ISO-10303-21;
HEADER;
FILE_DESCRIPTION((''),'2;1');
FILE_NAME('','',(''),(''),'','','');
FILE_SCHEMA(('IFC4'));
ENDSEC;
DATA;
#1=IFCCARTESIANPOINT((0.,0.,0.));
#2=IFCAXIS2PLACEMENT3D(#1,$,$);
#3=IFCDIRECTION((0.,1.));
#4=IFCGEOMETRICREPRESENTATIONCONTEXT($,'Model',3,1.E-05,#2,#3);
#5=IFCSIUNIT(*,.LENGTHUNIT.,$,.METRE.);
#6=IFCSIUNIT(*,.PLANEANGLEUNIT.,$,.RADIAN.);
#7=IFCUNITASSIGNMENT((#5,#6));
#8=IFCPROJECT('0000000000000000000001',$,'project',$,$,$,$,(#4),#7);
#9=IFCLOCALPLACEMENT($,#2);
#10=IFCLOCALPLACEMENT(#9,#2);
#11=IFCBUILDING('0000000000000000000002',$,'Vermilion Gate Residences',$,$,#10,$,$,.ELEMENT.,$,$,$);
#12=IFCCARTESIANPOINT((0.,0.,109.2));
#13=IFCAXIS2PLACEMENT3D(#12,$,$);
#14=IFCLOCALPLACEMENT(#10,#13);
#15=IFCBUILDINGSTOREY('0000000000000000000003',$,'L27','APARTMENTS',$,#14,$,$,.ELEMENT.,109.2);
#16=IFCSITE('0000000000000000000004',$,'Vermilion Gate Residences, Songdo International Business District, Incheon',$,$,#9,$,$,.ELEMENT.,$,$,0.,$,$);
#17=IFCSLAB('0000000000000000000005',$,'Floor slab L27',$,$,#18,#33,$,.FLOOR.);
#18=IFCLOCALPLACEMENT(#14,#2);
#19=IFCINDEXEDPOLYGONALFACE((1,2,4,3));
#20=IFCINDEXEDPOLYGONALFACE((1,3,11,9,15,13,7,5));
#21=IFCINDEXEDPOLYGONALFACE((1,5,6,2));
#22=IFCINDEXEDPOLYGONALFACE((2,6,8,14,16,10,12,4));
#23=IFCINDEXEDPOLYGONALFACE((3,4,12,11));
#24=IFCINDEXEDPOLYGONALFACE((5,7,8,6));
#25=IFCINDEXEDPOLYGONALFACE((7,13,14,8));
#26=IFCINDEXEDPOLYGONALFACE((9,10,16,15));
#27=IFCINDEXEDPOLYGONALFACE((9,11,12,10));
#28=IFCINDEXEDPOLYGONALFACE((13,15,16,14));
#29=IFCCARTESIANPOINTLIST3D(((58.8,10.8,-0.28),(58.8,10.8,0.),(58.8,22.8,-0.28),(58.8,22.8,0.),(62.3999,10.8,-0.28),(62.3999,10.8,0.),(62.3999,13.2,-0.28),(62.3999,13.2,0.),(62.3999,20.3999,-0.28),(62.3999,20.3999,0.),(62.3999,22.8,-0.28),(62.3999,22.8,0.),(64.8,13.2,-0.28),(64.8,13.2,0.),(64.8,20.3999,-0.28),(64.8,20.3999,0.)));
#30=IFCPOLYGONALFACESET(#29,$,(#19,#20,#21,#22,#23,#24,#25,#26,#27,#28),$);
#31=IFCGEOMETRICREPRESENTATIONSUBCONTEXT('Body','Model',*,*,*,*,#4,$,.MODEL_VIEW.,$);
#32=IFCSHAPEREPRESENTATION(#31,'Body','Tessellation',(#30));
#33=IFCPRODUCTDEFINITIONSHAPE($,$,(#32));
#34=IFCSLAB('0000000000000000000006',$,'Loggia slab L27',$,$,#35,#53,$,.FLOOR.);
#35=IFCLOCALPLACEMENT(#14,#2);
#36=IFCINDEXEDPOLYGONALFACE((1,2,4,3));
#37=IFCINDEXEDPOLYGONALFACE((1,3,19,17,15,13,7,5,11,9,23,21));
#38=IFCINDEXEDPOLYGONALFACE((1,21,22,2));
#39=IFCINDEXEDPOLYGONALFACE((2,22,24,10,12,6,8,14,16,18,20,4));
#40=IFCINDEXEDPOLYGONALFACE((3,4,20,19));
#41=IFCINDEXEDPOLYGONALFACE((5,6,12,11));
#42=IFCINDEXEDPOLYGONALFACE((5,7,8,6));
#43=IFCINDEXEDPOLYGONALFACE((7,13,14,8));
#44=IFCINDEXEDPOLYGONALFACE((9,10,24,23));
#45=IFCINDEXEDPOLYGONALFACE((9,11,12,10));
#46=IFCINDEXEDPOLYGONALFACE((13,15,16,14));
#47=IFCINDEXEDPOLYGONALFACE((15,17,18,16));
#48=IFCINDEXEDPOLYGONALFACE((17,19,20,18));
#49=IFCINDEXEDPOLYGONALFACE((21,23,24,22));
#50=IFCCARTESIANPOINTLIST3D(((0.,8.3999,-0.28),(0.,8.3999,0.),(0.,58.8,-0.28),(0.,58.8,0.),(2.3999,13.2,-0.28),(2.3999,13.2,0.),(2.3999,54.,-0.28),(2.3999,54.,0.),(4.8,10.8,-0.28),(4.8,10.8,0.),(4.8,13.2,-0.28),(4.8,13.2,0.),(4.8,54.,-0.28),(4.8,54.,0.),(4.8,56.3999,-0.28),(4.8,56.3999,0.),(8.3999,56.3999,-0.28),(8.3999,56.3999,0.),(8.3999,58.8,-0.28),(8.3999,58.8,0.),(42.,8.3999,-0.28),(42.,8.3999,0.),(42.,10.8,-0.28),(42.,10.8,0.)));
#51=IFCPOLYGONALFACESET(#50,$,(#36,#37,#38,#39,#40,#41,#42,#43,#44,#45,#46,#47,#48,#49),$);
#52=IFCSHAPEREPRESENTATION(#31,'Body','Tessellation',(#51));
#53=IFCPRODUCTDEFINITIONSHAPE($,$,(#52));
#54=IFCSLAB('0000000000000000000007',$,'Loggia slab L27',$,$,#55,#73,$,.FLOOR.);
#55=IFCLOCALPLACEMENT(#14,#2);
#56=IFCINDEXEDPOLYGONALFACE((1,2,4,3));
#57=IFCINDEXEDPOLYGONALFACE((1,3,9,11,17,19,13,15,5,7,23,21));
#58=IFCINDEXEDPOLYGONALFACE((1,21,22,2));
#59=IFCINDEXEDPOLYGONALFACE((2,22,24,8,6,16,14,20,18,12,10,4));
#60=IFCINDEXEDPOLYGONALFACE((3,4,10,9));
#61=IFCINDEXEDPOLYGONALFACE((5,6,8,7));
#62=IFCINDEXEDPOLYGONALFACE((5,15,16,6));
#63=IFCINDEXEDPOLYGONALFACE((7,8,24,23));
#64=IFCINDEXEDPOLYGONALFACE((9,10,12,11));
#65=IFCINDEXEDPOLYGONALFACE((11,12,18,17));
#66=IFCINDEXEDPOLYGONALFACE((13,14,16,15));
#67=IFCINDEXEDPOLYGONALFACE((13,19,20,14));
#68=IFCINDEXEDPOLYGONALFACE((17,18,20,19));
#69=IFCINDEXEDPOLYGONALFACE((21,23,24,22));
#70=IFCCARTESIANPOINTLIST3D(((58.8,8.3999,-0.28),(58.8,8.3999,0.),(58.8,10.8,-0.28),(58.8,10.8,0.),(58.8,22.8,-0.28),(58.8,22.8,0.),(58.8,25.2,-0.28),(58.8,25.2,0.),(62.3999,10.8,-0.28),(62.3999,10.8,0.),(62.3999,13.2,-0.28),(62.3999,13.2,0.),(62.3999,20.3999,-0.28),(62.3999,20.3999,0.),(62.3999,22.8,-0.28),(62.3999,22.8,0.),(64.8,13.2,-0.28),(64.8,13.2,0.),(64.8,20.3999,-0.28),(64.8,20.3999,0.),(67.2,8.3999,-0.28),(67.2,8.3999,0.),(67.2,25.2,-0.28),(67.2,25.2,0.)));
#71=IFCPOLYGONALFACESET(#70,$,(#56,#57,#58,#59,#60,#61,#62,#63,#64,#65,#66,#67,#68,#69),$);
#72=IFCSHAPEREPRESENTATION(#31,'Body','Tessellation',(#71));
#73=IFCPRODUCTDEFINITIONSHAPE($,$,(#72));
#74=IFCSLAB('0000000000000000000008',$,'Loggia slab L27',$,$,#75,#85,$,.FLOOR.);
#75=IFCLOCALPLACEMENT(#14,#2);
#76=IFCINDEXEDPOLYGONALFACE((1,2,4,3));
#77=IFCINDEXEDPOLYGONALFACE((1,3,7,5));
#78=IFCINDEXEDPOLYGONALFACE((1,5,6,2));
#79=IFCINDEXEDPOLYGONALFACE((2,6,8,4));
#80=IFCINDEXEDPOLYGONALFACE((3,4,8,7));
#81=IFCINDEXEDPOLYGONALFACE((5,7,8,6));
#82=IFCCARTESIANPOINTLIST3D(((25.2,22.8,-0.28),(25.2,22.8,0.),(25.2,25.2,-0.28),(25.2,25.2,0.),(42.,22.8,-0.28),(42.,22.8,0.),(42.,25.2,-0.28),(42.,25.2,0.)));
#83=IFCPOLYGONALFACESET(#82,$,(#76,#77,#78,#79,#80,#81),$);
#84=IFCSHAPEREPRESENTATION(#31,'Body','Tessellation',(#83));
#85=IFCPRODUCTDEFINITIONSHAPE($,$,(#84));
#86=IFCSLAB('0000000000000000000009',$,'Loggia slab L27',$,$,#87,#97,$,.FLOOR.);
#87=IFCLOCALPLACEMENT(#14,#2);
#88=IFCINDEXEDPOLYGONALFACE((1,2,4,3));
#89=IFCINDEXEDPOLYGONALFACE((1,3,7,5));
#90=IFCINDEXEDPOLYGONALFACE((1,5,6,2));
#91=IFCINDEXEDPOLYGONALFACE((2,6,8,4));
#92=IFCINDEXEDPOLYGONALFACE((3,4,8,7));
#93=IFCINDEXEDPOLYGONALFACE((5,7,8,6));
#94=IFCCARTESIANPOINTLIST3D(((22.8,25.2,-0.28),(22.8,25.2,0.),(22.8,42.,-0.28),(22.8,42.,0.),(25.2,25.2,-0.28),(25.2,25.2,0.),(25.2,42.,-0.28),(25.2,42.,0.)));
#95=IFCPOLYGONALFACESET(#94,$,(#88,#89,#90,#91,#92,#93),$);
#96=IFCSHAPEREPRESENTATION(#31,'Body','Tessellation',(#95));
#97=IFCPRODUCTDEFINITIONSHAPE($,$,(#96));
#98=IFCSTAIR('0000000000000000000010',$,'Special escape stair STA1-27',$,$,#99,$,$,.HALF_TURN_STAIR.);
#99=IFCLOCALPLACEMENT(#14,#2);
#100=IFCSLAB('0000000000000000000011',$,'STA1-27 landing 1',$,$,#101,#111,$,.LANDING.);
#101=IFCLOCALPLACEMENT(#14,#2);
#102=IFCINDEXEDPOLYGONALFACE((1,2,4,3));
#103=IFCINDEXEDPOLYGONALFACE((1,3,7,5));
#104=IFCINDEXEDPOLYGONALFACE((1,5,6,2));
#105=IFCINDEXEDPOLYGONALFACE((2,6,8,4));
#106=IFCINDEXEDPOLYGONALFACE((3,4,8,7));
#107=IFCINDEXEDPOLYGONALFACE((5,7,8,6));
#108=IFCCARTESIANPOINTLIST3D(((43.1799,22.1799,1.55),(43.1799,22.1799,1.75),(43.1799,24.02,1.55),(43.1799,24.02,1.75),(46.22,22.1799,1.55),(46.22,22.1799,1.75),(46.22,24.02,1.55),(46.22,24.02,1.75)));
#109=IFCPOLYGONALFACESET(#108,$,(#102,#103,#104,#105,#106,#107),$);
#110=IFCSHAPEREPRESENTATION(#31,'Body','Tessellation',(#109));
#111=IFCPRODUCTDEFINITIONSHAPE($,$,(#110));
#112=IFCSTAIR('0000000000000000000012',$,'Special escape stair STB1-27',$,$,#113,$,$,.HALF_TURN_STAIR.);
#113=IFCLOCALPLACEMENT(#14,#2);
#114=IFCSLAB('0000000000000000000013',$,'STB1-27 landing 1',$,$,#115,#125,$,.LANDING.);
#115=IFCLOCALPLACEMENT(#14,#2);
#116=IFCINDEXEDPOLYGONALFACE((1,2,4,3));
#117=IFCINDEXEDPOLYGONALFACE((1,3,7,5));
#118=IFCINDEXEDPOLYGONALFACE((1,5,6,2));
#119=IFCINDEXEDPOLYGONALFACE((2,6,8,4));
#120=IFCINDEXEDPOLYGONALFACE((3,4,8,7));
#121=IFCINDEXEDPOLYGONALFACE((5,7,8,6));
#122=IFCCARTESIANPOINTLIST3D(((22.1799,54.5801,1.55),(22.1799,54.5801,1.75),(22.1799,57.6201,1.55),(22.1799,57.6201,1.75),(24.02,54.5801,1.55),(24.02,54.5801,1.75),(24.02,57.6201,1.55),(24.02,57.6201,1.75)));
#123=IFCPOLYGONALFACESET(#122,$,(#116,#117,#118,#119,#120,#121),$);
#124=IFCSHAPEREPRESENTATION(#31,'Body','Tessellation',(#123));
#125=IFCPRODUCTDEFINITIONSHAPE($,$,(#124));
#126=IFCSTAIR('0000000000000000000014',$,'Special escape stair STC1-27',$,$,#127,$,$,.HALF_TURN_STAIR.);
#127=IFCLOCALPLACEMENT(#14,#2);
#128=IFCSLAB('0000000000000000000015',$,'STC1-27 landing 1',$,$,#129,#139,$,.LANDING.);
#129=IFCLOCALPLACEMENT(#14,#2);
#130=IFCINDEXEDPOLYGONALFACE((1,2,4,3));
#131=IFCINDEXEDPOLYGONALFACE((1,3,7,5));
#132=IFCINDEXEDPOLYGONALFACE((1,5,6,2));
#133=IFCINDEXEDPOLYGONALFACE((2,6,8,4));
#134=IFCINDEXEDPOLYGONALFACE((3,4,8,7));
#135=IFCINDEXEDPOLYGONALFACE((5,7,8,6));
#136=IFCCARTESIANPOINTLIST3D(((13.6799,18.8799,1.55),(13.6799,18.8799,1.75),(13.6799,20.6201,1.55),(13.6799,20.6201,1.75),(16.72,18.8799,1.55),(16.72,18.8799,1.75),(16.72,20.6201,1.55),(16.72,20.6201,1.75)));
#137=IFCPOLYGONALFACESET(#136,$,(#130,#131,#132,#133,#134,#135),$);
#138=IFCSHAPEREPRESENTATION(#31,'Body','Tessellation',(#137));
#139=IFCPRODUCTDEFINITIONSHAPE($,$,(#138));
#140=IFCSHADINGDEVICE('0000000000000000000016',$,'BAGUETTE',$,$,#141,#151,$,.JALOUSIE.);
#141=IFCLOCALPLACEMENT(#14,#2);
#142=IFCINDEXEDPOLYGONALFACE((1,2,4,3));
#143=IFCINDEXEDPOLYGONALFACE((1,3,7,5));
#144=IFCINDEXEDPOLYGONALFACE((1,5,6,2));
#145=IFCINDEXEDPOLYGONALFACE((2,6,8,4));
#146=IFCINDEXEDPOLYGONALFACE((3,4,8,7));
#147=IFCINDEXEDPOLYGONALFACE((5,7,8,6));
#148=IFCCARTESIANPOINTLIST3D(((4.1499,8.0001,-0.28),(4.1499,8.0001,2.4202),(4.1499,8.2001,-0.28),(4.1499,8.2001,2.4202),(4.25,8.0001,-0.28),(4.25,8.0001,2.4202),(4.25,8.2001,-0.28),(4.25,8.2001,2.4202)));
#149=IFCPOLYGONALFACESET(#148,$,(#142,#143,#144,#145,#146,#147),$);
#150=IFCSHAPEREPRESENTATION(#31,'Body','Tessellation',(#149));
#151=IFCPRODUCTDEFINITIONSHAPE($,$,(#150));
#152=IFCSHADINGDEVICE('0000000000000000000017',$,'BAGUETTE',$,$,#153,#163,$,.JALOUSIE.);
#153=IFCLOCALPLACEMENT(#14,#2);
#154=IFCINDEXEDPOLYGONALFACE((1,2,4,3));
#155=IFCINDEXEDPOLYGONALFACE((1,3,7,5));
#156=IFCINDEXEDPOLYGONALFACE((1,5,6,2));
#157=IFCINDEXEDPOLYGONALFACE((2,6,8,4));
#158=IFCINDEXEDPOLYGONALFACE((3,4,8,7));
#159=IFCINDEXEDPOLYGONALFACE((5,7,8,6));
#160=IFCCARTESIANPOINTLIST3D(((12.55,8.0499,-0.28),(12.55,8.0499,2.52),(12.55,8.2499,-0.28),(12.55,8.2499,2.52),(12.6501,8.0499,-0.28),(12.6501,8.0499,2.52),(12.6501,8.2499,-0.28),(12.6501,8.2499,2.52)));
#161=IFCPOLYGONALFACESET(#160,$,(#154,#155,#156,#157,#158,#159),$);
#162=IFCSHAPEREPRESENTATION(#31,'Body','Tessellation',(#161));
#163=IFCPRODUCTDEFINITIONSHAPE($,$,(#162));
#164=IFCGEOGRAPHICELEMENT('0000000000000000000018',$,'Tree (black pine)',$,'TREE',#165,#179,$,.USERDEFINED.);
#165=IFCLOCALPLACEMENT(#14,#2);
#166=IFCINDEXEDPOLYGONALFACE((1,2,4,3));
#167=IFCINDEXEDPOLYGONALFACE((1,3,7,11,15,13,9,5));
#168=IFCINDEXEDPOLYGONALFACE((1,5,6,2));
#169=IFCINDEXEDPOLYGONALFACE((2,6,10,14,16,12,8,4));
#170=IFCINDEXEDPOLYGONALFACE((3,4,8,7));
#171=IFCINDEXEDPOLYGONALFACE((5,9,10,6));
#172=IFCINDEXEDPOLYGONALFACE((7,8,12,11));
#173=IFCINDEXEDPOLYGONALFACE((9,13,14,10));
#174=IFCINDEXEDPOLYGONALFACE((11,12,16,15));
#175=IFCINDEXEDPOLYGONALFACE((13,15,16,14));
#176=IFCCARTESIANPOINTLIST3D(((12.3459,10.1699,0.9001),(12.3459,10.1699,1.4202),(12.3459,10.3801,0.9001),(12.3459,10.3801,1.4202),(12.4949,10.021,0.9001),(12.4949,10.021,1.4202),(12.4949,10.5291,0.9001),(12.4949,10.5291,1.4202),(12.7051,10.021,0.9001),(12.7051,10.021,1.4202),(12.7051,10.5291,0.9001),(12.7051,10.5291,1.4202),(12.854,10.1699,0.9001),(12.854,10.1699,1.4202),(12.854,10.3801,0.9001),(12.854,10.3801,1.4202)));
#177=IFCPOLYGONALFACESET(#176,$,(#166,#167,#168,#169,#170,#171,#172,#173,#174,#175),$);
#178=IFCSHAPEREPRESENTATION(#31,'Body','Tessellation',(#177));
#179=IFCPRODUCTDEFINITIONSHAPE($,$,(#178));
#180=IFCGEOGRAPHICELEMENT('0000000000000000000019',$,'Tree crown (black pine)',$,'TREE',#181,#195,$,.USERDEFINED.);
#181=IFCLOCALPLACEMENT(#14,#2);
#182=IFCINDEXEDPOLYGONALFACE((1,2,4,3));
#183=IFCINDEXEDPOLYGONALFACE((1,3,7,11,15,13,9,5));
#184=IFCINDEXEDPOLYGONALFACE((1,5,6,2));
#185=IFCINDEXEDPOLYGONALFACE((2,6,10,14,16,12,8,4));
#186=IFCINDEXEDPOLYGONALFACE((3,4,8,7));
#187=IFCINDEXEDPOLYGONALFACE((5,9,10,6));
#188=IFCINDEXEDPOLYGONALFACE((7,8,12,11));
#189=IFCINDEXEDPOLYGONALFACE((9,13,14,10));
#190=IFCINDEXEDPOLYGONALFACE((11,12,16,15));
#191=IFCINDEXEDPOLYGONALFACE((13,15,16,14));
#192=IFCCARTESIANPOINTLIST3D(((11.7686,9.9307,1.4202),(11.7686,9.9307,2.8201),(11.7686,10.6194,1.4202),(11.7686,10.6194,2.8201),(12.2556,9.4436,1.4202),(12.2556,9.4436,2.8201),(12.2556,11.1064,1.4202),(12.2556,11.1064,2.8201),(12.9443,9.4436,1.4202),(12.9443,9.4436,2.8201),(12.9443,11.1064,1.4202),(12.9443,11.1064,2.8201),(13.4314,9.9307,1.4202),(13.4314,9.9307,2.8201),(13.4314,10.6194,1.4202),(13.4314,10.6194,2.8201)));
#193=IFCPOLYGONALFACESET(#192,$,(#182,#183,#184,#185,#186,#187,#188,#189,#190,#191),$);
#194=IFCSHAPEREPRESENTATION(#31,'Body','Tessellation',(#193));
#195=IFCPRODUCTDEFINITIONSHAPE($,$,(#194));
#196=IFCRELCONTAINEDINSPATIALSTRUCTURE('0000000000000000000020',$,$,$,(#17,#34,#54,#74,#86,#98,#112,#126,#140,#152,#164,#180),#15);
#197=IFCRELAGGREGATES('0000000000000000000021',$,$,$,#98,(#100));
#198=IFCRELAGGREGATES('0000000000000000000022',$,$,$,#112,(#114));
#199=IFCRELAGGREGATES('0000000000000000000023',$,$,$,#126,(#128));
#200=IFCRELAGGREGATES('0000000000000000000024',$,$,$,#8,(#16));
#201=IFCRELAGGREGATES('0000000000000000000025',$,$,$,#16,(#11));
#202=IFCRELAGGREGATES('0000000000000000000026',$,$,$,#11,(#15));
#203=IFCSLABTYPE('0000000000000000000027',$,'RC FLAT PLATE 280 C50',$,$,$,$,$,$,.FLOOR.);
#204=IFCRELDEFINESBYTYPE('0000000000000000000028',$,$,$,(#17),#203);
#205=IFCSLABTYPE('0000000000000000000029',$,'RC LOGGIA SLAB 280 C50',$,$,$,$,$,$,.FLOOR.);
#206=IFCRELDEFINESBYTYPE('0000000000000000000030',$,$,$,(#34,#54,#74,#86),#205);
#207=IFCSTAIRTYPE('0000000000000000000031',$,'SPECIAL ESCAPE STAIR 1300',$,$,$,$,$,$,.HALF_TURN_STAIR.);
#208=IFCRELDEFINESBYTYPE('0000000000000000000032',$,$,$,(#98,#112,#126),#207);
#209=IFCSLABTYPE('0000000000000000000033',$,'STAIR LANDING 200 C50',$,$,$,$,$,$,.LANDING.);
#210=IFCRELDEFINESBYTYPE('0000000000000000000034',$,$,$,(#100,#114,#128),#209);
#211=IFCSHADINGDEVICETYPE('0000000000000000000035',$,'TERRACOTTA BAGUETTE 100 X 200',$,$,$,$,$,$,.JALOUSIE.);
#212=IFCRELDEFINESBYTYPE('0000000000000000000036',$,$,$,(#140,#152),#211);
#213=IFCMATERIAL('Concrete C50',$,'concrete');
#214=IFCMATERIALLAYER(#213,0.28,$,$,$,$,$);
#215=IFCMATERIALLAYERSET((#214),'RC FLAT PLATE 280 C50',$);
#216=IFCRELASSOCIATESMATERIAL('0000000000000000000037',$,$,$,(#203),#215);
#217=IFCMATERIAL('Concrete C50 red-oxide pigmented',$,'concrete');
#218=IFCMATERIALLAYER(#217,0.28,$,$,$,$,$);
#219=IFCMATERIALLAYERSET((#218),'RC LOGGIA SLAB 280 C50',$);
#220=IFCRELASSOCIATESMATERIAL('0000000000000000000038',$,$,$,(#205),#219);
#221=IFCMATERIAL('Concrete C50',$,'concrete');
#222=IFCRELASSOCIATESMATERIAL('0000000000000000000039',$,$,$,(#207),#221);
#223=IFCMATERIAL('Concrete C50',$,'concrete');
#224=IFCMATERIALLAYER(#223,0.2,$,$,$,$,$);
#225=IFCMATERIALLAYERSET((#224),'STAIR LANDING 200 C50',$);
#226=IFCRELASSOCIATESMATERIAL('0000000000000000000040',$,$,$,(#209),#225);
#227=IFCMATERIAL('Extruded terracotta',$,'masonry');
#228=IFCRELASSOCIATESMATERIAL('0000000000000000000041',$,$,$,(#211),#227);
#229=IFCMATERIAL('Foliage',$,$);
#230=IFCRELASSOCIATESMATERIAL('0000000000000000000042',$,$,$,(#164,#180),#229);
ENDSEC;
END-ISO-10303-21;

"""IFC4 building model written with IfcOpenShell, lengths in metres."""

from ifc_helpers import new_model, si_unit, direction, frame, origin, origin_2d, place, context, subcontext, project, spatial, polyline, rectangle, outline, extrude, material, layer, layer_set, material_profile, profile_set, type_object, element, aggregate, save


model = new_model("IFC4")

# Units and contexts
model_context = context("Model", 3, precision=1e-05, world=origin(), true_north=direction((0.0, 1.0)))
body_context = subcontext(model_context, "Body", "Model", "MODEL_VIEW")
ifc_project = project(units=[si_unit("LENGTHUNIT", "METRE"), si_unit("PLANEANGLEUNIT", "RADIAN")], contexts=[model_context])

# Site, building, storey
site_placement = place(None, origin())
site = spatial("IfcSite", under=ifc_project, at=site_placement, Name="Vermilion Gate Residences, Songdo International Business District, Incheon", CompositionType="ELEMENT", RefElevation=0.0)
building_placement = place(site_placement, origin())
building = spatial("IfcBuilding", under=site, at=building_placement, Name="Vermilion Gate Residences", CompositionType="ELEMENT")
storey_placement = place(building_placement, frame((0.0, 0.0, 109.2)))
storey = spatial("IfcBuildingStorey", under=building, at=storey_placement, Name="L27", Description="APARTMENTS", CompositionType="ELEMENT", Elevation=109.2)

# Slabs
ifc_material_1 = material(Name="Concrete C50", Category="concrete")
ifc_layer_1 = layer(ifc_material_1, 0.28)
ifc_layer_set_1 = layer_set([ifc_layer_1], Name="RC FLAT PLATE 280 C50")
slab_type_1 = type_object("IfcSlabType", Name="RC FLAT PLATE 280 C50", PredefinedType="FLOOR", material=ifc_layer_set_1)
slab_1_placement = place(storey_placement, frame((0.0, 0.0, -0.28)))
element("IfcSlab", 1, at=slab_1_placement, inside=storey, type_object=slab_type_1, Name="Floor slab L27", PredefinedType="FLOOR", context=body_context, shape_type="SweptSolid", body=[
    extrude(outline(polyline([(58.8, 22.8), (58.8, 10.8), (62.3999, 10.8), (62.3999, 13.2), (64.8, 13.2), (64.8, 20.3999), (62.3999, 20.3999), (62.3999, 22.8), (58.8, 22.8)])), origin(), (0.0, 0.0, 1.0), 0.28),
])
ifc_material_2 = material(Name="Concrete C50 red-oxide pigmented", Category="concrete")
ifc_layer_2 = layer(ifc_material_2, 0.28)
ifc_layer_set_2 = layer_set([ifc_layer_2], Name="RC LOGGIA SLAB 280 C50")
slab_type_2 = type_object("IfcSlabType", Name="RC LOGGIA SLAB 280 C50", PredefinedType="FLOOR", material=ifc_layer_set_2)
slab_2_placement = place(storey_placement, frame((0.0, 0.0, -0.28)))
element("IfcSlab", 2, at=slab_2_placement, inside=storey, type_object=slab_type_2, Name="Loggia slab L27", PredefinedType="FLOOR", context=body_context, shape_type="SweptSolid", body=[
    extrude(outline(polyline([(0.0, 58.8), (0.0, 8.3999), (42.0, 8.3999), (42.0, 10.8), (4.8, 10.8), (4.8, 13.2), (2.3999, 13.2), (2.3999, 54.0), (4.8, 54.0), (4.8, 56.3999), (8.3999, 56.3999), (8.3999, 58.8), (0.0, 58.8)])), origin(), (0.0, 0.0, 1.0), 0.28),
])
slab_3_placement = place(storey_placement, frame((0.0, 0.0, -0.28)))
element("IfcSlab", 3, at=slab_3_placement, inside=storey, type_object=slab_type_2, Name="Loggia slab L27", PredefinedType="FLOOR", context=body_context, shape_type="SweptSolid", body=[
    extrude(outline(polyline([(64.8, 20.3999), (64.8, 13.2), (62.3999, 13.2), (62.3999, 10.8), (58.8, 10.8), (58.8, 8.3999), (67.2, 8.3999), (67.2, 25.2), (58.8, 25.2), (58.8, 22.8), (62.3999, 22.8), (62.3999, 20.3999), (64.8, 20.3999)])), origin(), (0.0, 0.0, 1.0), 0.28),
])
slab_4_placement = place(storey_placement, frame((0.0, 0.0, -0.28)))
element("IfcSlab", 4, at=slab_4_placement, inside=storey, type_object=slab_type_2, Name="Loggia slab L27", PredefinedType="FLOOR", context=body_context, shape_type="SweptSolid", body=[
    extrude(outline(polyline([(25.2, 22.8), (42.0, 22.8), (42.0, 25.2), (25.2, 25.2), (25.2, 22.8)])), origin(), (0.0, 0.0, 1.0), 0.28),
])
slab_5_placement = place(storey_placement, frame((0.0, 0.0, -0.28)))
element("IfcSlab", 5, at=slab_5_placement, inside=storey, type_object=slab_type_2, Name="Loggia slab L27", PredefinedType="FLOOR", context=body_context, shape_type="SweptSolid", body=[
    extrude(outline(polyline([(25.2, 25.2), (25.2, 42.0), (22.8, 42.0), (22.8, 25.2), (25.2, 25.2)])), origin(), (0.0, 0.0, 1.0), 0.28),
])

# Stairs, slabs
ifc_material_3 = material(Name="Concrete C50", Category="concrete")
stair_type = type_object("IfcStairType", Name="SPECIAL ESCAPE STAIR 1300", PredefinedType="HALF_TURN_STAIR", material=ifc_material_3)
stair_1_placement = place(storey_placement, origin())
stair_1 = element("IfcStair", 6, at=stair_1_placement, inside=storey, type_object=stair_type, Name="Special escape stair STA1-27", PredefinedType="HALF_TURN_STAIR")
ifc_material_4 = material(Name="Concrete C50", Category="concrete")
ifc_layer_3 = layer(ifc_material_4, 0.2)
ifc_layer_set_3 = layer_set([ifc_layer_3], Name="STAIR LANDING 200 C50")
slab_type_3 = type_object("IfcSlabType", Name="STAIR LANDING 200 C50", PredefinedType="LANDING", material=ifc_layer_set_3)
slab_6_placement = place(storey_placement, frame((0.0, 0.0, 1.55)))
slab_6 = element("IfcSlab", 7, at=slab_6_placement, type_object=slab_type_3, Name="STA1-27 landing 1", PredefinedType="LANDING", context=body_context, shape_type="SweptSolid", body=[
    extrude(outline(polyline([(46.22, 22.1799), (46.22, 24.02), (43.1799, 24.02), (43.1799, 22.1799), (46.22, 22.1799)])), origin(), (0.0, 0.0, 1.0), 0.2),
])
aggregate(stair_1, [slab_6])
stair_2_placement = place(storey_placement, origin())
stair_2 = element("IfcStair", 8, at=stair_2_placement, inside=storey, type_object=stair_type, Name="Special escape stair STB1-27", PredefinedType="HALF_TURN_STAIR")
slab_7_placement = place(storey_placement, frame((0.0, 0.0, 1.55)))
slab_7 = element("IfcSlab", 9, at=slab_7_placement, type_object=slab_type_3, Name="STB1-27 landing 1", PredefinedType="LANDING", context=body_context, shape_type="SweptSolid", body=[
    extrude(outline(polyline([(24.02, 54.5801), (24.02, 57.6201), (22.1799, 57.6201), (22.1799, 54.5801), (24.02, 54.5801)])), origin(), (0.0, 0.0, 1.0), 0.2),
])
aggregate(stair_2, [slab_7])
stair_3_placement = place(storey_placement, origin())
stair_3 = element("IfcStair", 10, at=stair_3_placement, inside=storey, type_object=stair_type, Name="Special escape stair STC1-27", PredefinedType="HALF_TURN_STAIR")
slab_8_placement = place(storey_placement, frame((0.0, 0.0, 1.55)))
slab_8 = element("IfcSlab", 11, at=slab_8_placement, type_object=slab_type_3, Name="STC1-27 landing 1", PredefinedType="LANDING", context=body_context, shape_type="SweptSolid", body=[
    extrude(outline(polyline([(16.72, 18.8799), (16.72, 20.6201), (13.6799, 20.6201), (13.6799, 18.8799), (16.72, 18.8799)])), origin(), (0.0, 0.0, 1.0), 0.2),
])
aggregate(stair_3, [slab_8])

# Shading devices
ifc_material_5 = material(Name="Extruded terracotta", Category="masonry")
ifc_material_profile_1 = material_profile(ifc_material_5, rectangle(XDim=0.2, YDim=0.1001, at=origin_2d()), Name="BAGUETTE 100 X 200")
ifc_profile_set_1 = profile_set([ifc_material_profile_1], Name="Extruded terracotta")
shading_device_type = type_object("IfcShadingDeviceType", Name="TERRACOTTA BAGUETTE 100 X 200", PredefinedType="JALOUSIE", material=ifc_profile_set_1)
shading_device_1_placement = place(storey_placement, frame((4.2, 8.1001, -0.28), z_axis=(0.0, 0.0, 1.0), x_axis=(0.0, 1.0, 0.0)))
element("IfcShadingDevice", 12, at=shading_device_1_placement, inside=storey, type_object=shading_device_type, Name="BAGUETTE", PredefinedType="JALOUSIE", context=body_context, shape_type="SweptSolid", body=[
    extrude(rectangle(XDim=0.2, YDim=0.1001, at=origin_2d()), origin(), (0.0, 0.0, 1.0), 2.7002),
])
shading_device_2_placement = place(storey_placement, frame((12.6001, 8.1499, -0.28), z_axis=(0.0, 0.0, 1.0), x_axis=(0.0, 1.0, 0.0)))
element("IfcShadingDevice", 13, at=shading_device_2_placement, inside=storey, type_object=shading_device_type, Name="BAGUETTE", PredefinedType="JALOUSIE", context=body_context, shape_type="SweptSolid", body=[
    extrude(rectangle(XDim=0.2, YDim=0.1001, at=origin_2d()), origin(), (0.0, 0.0, 1.0), 2.8),
])

# Geographic elements
ifc_material_6 = material(Name="Foliage")
geographic_element_1_placement = place(storey_placement, frame((0.0, 0.0, 0.9001)))
element("IfcGeographicElement", 14, at=geographic_element_1_placement, inside=storey, material=ifc_material_6, Name="Tree (black pine)", ObjectType="TREE", PredefinedType="USERDEFINED", context=body_context, shape_type="SweptSolid", body=[
    extrude(outline(polyline([(12.854, 10.3801), (12.7051, 10.5291), (12.4949, 10.5291), (12.3459, 10.3801), (12.3459, 10.1699), (12.4949, 10.021), (12.7051, 10.021), (12.854, 10.1699), (12.854, 10.3801)])), origin(), (0.0, 0.0, 1.0), 0.52),
])
geographic_element_2_placement = place(storey_placement, frame((0.0, 0.0, 1.4202)))
element("IfcGeographicElement", 15, at=geographic_element_2_placement, inside=storey, material=ifc_material_6, Name="Tree crown (black pine)", ObjectType="TREE", PredefinedType="USERDEFINED", context=body_context, shape_type="SweptSolid", body=[
    extrude(outline(polyline([(13.4314, 10.6194), (12.9443, 11.1064), (12.2556, 11.1064), (11.7686, 10.6194), (11.7686, 9.9307), (12.2556, 9.4436), (12.9443, 9.4436), (13.4314, 9.9307), (13.4314, 10.6194)])), origin(), (0.0, 0.0, 1.0), 1.3999),
])

save(model, "model.ifc")
